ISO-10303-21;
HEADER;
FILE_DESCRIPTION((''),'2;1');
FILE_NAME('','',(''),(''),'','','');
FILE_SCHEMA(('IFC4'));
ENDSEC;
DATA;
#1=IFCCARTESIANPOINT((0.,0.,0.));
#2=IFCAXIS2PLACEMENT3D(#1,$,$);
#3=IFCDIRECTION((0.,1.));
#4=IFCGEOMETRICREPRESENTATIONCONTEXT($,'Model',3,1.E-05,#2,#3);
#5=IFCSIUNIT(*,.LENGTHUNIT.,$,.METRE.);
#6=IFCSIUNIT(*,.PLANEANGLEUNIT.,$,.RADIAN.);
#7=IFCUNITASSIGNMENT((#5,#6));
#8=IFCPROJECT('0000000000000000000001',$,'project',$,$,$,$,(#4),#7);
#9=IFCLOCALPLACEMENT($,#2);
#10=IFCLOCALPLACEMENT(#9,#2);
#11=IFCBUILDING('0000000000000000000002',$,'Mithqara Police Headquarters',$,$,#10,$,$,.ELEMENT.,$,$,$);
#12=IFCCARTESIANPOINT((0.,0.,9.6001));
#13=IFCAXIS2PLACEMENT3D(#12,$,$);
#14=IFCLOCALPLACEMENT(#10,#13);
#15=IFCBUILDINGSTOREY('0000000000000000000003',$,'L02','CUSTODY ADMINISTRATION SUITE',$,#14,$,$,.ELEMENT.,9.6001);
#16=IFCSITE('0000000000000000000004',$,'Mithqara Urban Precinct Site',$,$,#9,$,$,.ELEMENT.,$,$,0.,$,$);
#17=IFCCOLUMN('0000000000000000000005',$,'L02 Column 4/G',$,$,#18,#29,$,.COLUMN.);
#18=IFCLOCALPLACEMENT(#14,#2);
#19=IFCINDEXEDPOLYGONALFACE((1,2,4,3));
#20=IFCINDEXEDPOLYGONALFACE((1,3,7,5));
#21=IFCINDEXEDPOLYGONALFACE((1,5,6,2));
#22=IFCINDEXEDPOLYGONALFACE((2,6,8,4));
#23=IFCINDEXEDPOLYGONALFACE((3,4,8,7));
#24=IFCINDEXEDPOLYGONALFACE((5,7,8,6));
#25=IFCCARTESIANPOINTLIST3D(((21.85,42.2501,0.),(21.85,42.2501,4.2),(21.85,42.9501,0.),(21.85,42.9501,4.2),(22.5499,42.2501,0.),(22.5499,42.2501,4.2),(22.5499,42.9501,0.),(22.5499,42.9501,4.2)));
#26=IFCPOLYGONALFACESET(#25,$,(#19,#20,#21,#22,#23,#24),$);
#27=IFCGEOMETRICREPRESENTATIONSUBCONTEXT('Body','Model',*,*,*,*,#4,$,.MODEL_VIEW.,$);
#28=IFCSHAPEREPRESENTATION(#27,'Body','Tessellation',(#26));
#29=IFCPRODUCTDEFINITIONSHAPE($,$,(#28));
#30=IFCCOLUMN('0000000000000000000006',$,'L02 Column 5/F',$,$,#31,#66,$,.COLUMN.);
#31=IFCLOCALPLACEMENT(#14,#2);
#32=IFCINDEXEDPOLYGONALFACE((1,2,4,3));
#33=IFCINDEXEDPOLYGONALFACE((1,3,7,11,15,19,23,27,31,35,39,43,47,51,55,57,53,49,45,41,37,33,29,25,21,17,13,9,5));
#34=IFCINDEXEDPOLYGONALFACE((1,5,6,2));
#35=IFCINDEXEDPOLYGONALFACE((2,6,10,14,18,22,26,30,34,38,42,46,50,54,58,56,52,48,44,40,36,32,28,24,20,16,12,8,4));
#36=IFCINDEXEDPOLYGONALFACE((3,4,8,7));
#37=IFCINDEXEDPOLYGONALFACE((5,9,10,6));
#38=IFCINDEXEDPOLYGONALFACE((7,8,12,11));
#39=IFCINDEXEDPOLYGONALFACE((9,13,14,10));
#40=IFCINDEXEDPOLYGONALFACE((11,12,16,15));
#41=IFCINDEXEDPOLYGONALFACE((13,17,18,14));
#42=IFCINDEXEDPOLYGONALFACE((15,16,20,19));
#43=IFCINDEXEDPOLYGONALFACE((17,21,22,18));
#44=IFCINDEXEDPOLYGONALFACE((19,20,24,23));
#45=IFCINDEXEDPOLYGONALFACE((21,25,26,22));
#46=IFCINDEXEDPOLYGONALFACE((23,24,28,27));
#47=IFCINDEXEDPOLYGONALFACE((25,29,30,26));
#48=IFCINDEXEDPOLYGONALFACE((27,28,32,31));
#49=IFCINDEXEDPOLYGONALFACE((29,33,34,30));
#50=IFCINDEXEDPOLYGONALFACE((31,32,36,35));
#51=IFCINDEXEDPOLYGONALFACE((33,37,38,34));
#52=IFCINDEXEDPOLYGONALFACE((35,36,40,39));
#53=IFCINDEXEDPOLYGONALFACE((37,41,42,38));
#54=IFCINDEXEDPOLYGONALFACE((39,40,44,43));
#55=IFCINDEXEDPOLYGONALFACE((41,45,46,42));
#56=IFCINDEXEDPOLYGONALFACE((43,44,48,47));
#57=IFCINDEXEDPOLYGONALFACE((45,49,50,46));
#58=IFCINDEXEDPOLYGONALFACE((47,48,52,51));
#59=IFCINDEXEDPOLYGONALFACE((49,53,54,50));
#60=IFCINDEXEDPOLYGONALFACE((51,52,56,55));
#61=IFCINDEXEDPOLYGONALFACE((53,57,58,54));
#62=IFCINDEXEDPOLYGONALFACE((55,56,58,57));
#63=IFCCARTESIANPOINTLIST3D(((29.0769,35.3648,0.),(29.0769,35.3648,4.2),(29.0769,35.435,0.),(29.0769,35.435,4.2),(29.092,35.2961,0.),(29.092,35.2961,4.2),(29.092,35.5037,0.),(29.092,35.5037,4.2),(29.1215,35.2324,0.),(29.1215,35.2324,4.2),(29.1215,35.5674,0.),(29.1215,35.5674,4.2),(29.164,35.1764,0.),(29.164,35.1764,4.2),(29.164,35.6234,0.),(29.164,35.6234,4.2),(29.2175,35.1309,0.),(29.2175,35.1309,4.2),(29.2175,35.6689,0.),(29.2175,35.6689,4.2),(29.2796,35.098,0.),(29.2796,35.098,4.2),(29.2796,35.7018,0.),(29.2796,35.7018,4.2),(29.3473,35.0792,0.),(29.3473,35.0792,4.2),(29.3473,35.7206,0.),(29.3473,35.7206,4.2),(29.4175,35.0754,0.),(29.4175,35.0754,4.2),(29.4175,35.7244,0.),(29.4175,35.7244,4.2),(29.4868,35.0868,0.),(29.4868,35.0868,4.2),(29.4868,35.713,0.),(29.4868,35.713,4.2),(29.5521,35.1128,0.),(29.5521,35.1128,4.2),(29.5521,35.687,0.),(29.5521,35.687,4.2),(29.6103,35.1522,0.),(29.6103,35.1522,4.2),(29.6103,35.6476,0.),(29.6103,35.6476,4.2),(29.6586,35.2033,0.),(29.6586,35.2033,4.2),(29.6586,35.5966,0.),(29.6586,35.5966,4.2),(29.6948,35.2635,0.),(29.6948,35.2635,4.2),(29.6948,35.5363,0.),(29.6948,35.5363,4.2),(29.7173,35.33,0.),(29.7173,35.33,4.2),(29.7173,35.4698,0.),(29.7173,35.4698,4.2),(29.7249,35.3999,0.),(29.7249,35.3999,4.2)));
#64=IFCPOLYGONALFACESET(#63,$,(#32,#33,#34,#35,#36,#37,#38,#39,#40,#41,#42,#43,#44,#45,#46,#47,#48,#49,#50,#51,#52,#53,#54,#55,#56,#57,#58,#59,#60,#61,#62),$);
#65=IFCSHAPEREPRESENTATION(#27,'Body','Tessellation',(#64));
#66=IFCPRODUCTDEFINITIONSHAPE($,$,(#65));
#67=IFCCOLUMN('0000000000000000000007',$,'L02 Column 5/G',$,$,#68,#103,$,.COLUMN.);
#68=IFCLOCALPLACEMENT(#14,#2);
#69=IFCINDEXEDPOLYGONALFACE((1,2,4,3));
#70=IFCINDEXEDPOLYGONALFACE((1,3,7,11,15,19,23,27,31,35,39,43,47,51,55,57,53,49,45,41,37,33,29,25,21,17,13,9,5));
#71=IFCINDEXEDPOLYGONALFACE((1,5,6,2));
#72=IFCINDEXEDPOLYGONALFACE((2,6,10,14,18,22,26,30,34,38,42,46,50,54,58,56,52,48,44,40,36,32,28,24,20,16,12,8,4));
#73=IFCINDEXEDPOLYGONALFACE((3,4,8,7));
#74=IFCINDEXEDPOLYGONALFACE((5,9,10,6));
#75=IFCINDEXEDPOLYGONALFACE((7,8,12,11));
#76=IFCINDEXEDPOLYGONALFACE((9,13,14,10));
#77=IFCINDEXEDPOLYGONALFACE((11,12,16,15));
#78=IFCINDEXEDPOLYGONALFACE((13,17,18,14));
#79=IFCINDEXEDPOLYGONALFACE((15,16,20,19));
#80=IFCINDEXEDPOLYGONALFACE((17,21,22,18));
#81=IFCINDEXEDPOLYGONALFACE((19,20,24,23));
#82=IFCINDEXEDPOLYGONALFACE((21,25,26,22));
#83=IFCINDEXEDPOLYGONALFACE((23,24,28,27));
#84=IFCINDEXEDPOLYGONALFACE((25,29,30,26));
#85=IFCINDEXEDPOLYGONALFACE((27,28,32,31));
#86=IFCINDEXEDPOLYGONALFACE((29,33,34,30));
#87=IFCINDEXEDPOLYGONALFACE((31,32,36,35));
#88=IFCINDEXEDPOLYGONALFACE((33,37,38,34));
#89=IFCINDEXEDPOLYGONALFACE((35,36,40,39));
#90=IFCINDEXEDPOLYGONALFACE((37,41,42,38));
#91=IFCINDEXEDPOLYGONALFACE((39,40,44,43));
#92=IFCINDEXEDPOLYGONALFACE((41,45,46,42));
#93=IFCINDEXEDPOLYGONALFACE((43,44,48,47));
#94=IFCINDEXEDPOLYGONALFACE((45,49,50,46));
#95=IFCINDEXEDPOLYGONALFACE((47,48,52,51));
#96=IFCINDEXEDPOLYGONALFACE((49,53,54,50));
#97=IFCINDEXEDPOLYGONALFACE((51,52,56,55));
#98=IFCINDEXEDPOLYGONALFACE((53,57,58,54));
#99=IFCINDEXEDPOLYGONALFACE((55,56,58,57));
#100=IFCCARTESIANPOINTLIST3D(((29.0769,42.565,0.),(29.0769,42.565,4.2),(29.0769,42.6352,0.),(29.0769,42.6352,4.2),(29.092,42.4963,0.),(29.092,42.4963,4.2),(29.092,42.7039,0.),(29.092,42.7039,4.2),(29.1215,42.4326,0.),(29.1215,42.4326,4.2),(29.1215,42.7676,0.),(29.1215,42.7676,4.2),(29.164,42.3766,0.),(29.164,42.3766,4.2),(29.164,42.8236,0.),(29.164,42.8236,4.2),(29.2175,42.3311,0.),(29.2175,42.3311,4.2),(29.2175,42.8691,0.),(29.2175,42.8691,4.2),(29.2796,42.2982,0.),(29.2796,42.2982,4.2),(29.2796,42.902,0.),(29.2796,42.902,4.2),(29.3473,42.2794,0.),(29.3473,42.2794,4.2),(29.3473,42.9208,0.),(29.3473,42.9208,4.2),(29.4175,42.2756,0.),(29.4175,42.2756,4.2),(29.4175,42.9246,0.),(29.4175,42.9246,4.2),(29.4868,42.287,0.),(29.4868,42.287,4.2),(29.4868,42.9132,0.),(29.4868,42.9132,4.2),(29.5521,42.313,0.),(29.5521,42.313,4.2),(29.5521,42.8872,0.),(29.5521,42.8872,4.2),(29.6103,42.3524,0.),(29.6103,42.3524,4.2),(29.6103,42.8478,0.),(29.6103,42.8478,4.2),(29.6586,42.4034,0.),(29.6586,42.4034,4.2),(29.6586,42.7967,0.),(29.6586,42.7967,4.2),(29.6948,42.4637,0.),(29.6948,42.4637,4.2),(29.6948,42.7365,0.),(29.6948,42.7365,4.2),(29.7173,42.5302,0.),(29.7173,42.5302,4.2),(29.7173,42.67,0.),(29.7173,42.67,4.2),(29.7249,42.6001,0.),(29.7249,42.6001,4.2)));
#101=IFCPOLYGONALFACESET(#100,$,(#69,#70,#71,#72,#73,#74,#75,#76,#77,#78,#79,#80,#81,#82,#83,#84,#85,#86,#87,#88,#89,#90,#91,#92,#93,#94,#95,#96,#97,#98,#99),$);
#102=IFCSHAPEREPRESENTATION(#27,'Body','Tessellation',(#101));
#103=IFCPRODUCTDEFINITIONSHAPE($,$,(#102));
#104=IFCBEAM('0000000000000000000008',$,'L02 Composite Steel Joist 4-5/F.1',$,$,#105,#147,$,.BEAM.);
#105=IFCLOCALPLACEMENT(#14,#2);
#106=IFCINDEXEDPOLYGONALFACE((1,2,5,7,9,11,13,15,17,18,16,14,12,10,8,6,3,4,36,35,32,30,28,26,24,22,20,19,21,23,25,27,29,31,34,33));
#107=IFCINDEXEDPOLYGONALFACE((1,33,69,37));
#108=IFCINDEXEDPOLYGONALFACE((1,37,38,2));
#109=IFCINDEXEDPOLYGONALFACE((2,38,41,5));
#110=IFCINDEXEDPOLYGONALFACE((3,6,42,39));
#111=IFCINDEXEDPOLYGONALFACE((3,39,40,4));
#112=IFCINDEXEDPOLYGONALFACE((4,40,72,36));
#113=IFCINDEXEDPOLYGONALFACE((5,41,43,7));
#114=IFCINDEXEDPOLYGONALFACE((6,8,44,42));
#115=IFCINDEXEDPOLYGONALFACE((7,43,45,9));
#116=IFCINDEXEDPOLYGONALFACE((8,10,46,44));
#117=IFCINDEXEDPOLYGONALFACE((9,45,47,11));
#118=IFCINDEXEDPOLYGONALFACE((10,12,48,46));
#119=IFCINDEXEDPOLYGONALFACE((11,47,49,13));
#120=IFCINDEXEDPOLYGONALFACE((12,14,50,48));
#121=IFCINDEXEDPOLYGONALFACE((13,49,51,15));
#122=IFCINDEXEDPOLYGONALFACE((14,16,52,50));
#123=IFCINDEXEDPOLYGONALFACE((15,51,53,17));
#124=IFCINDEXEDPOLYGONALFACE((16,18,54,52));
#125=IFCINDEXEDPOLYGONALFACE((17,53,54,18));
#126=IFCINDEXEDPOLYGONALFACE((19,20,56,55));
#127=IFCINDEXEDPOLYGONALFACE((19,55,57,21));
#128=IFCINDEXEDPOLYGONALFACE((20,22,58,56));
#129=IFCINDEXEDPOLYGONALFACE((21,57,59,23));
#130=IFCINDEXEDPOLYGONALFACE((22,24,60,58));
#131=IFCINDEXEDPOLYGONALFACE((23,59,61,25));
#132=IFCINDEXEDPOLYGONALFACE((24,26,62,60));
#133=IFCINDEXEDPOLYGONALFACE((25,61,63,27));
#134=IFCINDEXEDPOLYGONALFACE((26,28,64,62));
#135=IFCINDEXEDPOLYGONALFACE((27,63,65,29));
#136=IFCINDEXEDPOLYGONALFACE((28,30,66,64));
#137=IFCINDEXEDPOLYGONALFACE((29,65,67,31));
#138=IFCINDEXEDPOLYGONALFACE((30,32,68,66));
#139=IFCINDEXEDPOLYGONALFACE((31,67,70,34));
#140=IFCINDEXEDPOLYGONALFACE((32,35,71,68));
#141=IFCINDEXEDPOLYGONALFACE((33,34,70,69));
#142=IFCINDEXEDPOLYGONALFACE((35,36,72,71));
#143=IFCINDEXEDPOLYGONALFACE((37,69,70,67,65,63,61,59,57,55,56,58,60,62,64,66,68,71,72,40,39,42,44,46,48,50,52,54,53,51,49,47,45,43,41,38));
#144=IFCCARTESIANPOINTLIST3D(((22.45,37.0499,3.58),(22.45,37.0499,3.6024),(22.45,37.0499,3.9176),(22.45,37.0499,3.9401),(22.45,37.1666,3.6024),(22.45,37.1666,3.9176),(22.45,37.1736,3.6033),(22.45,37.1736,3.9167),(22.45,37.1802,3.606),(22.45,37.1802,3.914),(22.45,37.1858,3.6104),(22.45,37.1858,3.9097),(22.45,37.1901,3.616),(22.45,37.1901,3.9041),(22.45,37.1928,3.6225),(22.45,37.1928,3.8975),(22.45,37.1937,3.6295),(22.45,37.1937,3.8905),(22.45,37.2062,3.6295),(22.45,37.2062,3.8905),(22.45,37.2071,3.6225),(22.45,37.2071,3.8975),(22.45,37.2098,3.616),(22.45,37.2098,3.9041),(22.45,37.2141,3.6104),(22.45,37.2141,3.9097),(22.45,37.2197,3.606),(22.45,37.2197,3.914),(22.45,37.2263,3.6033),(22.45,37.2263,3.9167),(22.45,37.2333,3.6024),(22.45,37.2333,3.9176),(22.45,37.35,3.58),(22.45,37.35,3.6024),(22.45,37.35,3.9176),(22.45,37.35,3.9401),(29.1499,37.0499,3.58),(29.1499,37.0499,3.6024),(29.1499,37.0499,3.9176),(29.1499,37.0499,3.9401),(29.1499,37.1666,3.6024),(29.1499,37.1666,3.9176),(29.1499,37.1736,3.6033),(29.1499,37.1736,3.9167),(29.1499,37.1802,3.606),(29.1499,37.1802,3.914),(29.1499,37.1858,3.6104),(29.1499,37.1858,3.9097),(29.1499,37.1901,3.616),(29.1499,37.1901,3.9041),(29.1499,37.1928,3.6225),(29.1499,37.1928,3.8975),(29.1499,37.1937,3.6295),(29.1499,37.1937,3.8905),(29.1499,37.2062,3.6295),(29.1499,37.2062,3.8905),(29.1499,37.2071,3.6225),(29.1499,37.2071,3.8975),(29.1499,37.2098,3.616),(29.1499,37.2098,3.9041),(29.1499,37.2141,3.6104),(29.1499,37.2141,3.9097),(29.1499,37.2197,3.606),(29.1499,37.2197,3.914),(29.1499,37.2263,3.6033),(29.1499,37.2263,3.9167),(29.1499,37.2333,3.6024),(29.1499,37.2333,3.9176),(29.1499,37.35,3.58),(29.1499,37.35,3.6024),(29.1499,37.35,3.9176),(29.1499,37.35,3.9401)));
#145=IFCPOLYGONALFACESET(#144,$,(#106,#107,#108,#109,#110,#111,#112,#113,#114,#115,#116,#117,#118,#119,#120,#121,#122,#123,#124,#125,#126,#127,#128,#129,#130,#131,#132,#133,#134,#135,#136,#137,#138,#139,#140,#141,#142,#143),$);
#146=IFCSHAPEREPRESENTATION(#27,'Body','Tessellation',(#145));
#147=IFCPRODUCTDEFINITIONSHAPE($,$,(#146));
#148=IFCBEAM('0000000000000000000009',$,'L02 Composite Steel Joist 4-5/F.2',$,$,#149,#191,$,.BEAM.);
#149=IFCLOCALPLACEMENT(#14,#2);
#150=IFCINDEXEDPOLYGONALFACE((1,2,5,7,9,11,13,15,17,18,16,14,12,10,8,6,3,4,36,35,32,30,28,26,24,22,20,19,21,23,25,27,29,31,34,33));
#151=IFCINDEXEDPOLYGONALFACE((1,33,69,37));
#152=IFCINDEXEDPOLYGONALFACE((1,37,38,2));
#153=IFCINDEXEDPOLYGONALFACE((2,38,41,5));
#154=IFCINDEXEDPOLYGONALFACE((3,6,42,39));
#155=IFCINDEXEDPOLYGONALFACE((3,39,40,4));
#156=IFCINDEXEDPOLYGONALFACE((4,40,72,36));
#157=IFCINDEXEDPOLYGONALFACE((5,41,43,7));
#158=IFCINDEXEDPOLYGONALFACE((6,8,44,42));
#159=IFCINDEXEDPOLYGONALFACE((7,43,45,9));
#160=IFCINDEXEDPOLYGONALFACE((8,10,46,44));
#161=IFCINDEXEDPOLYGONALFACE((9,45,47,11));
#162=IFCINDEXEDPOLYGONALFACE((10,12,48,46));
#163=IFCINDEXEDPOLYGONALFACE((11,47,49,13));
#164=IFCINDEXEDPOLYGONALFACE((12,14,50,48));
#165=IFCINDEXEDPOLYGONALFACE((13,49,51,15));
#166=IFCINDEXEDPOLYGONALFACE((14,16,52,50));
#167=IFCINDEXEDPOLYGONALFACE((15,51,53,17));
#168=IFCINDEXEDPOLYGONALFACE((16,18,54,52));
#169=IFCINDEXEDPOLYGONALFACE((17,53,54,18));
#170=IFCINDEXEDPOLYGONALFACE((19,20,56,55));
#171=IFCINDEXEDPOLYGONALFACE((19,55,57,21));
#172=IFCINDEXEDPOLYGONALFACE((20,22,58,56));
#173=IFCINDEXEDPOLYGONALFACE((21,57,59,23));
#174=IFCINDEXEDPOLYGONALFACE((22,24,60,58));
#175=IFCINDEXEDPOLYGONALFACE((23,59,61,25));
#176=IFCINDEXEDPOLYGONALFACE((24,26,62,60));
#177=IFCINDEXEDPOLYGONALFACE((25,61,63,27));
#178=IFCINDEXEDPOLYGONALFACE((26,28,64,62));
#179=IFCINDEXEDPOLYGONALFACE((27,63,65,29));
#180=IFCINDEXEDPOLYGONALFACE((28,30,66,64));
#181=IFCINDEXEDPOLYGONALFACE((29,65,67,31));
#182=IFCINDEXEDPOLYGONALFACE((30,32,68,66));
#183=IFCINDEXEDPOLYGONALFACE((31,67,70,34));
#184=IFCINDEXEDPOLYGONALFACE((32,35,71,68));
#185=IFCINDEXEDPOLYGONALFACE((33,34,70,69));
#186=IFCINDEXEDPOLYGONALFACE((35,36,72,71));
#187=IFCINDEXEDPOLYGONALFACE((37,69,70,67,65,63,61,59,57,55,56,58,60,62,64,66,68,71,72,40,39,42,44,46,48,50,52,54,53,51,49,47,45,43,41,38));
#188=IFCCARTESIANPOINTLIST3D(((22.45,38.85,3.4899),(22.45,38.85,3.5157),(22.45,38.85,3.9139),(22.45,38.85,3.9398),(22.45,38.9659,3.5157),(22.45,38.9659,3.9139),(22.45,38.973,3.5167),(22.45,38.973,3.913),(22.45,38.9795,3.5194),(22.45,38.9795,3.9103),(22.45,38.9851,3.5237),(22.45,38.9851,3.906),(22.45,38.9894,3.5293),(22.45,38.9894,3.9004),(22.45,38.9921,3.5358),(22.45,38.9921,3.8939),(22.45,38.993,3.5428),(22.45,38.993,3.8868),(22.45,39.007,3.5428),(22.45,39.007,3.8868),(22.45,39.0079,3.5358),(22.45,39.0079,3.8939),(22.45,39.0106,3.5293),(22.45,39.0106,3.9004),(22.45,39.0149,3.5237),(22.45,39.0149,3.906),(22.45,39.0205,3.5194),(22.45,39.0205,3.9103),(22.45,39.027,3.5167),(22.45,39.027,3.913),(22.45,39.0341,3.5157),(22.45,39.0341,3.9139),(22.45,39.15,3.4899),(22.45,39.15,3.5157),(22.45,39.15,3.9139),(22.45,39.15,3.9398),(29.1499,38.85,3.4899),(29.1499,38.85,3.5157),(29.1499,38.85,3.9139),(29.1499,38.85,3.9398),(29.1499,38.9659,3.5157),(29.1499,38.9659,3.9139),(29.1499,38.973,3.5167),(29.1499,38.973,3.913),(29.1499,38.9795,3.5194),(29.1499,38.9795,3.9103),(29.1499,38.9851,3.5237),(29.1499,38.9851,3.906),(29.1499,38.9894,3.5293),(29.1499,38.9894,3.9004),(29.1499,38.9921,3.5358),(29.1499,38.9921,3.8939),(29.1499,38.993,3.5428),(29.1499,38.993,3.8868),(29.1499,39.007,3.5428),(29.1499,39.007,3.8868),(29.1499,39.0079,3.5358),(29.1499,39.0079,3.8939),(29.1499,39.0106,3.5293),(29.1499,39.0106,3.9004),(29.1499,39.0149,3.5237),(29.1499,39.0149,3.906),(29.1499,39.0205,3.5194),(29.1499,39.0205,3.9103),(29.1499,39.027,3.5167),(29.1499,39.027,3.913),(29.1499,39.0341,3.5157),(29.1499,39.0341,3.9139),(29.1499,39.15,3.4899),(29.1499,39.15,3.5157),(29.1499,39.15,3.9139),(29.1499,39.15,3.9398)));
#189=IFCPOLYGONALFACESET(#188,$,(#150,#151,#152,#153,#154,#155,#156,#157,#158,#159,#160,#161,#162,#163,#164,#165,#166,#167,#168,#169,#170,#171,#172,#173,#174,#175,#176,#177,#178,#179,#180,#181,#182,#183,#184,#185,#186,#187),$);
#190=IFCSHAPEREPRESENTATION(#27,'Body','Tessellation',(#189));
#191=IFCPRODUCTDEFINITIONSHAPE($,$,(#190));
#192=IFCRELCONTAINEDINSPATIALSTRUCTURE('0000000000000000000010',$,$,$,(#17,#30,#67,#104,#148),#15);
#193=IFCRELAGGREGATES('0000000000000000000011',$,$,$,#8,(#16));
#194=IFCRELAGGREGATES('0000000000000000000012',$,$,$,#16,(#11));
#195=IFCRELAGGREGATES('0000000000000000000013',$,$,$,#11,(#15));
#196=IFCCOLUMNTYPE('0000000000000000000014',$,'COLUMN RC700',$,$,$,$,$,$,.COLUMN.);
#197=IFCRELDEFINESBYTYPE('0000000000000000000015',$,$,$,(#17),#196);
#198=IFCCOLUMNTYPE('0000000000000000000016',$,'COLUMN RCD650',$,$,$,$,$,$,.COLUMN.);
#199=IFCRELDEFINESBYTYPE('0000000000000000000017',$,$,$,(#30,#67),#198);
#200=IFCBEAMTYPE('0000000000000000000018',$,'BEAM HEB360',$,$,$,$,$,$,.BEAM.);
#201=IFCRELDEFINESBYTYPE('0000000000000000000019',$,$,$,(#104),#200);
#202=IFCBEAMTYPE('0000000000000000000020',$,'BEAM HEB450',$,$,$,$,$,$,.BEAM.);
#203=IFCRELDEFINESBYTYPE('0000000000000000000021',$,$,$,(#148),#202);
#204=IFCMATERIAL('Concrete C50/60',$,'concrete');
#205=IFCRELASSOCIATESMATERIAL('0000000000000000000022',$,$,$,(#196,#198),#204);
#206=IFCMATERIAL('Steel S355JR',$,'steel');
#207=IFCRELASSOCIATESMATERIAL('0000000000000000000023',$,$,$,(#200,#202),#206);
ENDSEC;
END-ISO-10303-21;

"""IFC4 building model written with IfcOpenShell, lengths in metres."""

from ifc_helpers import new_model, si_unit, direction, frame, origin, origin_2d, place, context, subcontext, project, spatial, rectangle, circle, i_section, extrude, material, material_profile, profile_set, type_object, element, save


model = new_model("IFC4")

# Units and contexts
model_context = context("Model", 3, precision=1e-05, world=origin(), true_north=direction((0.0, 1.0)))
body_context = subcontext(model_context, "Body", "Model", "MODEL_VIEW")
ifc_project = project(units=[si_unit("LENGTHUNIT", "METRE"), si_unit("PLANEANGLEUNIT", "RADIAN")], contexts=[model_context])

# Site, building, storey
site_placement = place(None, origin())
site = spatial("IfcSite", under=ifc_project, at=site_placement, Name="Mithqara Urban Precinct Site", CompositionType="ELEMENT", RefElevation=0.0)
building_placement = place(site_placement, origin())
building = spatial("IfcBuilding", under=site, at=building_placement, Name="Mithqara Police Headquarters", CompositionType="ELEMENT")
storey_placement = place(building_placement, frame((0.0, 0.0, 9.6001)))
storey = spatial("IfcBuildingStorey", under=building, at=storey_placement, Name="L02", Description="CUSTODY ADMINISTRATION SUITE", CompositionType="ELEMENT", Elevation=9.6001)

# Columns
ifc_material_1 = material(Name="Concrete C50/60", Category="concrete")
ifc_material_profile_1 = material_profile(ifc_material_1, rectangle(XDim=0.7, YDim=0.7, at=origin_2d()), Name="RC 700x700")
ifc_profile_set_1 = profile_set([ifc_material_profile_1], Name="Concrete C50/60")
column_type_1 = type_object("IfcColumnType", Name="COLUMN RC700", PredefinedType="COLUMN", material=ifc_profile_set_1)
column_placement = place(storey_placement, frame((22.2, 42.6001, 0.0), z_axis=(0.0, 0.0, 1.0), x_axis=(1.0, 0.0, 0.0)))
element("IfcColumn", 1, at=column_placement, inside=storey, type_object=column_type_1, Name="L02 Column 4/G", PredefinedType="COLUMN", context=body_context, shape_type="SweptSolid", body=[
    extrude(rectangle(XDim=0.7, YDim=0.7, at=origin_2d()), origin(), (0.0, 0.0, 1.0), 4.2),
])
ifc_material_profile_2 = material_profile(ifc_material_1, circle(Radius=0.325, at=origin_2d()), Name="RCD 650")
ifc_profile_set_2 = profile_set([ifc_material_profile_2], Name="Concrete C50/60")
column_type_2 = type_object("IfcColumnType", Name="COLUMN RCD650", PredefinedType="COLUMN", material=ifc_profile_set_2)
for number, where, z_axis, x_axis, name in (
    (2, (29.3999, 35.3999, 0.0), (0.0, 0.0, 1.0), (1.0, 0.0, 0.0), "L02 Column 5/F"),
    (3, (29.3999, 42.6001, 0.0), (0.0, 0.0, 1.0), (1.0, 0.0, 0.0), "L02 Column 5/G"),
):
    element("IfcColumn", number, at=place(storey_placement, frame(where, z_axis=z_axis, x_axis=x_axis)), inside=storey, type_object=column_type_2, Name=name, PredefinedType="COLUMN", context=body_context, shape_type="SweptSolid", body=[
        extrude(circle(Radius=0.325, at=origin_2d()), origin(), (0.0, 0.0, 1.0), 4.2),
    ])

# Beams
ifc_material_2 = material(Name="Steel S355JR", Category="steel")
ifc_material_profile_3 = material_profile(ifc_material_2, i_section(OverallWidth=0.3, OverallDepth=0.3601, WebThickness=0.0125, FlangeThickness=0.0225, FilletRadius=0.0271, at=origin_2d()), Name="HEB 360")
ifc_profile_set_3 = profile_set([ifc_material_profile_3], Name="Steel S355JR")
beam_type_1 = type_object("IfcBeamType", Name="BEAM HEB360", PredefinedType="BEAM", material=ifc_profile_set_3)
beam_1_placement = place(storey_placement, frame((22.45, 37.2, 3.76), z_axis=(1.0, 0.0, 0.0), x_axis=(0.0, 1.0, 0.0)))
element("IfcBeam", 4, at=beam_1_placement, inside=storey, type_object=beam_type_1, Name="L02 Composite Steel Joist 4-5/F.1", PredefinedType="BEAM", context=body_context, shape_type="SweptSolid", body=[
    extrude(i_section(OverallWidth=0.3, OverallDepth=0.3601, WebThickness=0.0125, FlangeThickness=0.0225, FilletRadius=0.0271, at=origin_2d()), origin(), (0.0, 0.0, 1.0), 6.7),
])
ifc_material_profile_4 = material_profile(ifc_material_2, i_section(OverallWidth=0.3, OverallDepth=0.45, WebThickness=0.0139, FlangeThickness=0.0259, FilletRadius=0.0271, at=origin_2d()), Name="HEB 450")
ifc_profile_set_4 = profile_set([ifc_material_profile_4], Name="Steel S355JR")
beam_type_2 = type_object("IfcBeamType", Name="BEAM HEB450", PredefinedType="BEAM", material=ifc_profile_set_4)
beam_2_placement = place(storey_placement, frame((22.45, 39.0, 3.7148), z_axis=(1.0, 0.0, 0.0), x_axis=(0.0, 1.0, 0.0)))
element("IfcBeam", 5, at=beam_2_placement, inside=storey, type_object=beam_type_2, Name="L02 Composite Steel Joist 4-5/F.2", PredefinedType="BEAM", context=body_context, shape_type="SweptSolid", body=[
    extrude(i_section(OverallWidth=0.3, OverallDepth=0.45, WebThickness=0.0139, FlangeThickness=0.0259, FilletRadius=0.0271, at=origin_2d()), origin(), (0.0, 0.0, 1.0), 6.7),
])

save(model, "model.ifc")
